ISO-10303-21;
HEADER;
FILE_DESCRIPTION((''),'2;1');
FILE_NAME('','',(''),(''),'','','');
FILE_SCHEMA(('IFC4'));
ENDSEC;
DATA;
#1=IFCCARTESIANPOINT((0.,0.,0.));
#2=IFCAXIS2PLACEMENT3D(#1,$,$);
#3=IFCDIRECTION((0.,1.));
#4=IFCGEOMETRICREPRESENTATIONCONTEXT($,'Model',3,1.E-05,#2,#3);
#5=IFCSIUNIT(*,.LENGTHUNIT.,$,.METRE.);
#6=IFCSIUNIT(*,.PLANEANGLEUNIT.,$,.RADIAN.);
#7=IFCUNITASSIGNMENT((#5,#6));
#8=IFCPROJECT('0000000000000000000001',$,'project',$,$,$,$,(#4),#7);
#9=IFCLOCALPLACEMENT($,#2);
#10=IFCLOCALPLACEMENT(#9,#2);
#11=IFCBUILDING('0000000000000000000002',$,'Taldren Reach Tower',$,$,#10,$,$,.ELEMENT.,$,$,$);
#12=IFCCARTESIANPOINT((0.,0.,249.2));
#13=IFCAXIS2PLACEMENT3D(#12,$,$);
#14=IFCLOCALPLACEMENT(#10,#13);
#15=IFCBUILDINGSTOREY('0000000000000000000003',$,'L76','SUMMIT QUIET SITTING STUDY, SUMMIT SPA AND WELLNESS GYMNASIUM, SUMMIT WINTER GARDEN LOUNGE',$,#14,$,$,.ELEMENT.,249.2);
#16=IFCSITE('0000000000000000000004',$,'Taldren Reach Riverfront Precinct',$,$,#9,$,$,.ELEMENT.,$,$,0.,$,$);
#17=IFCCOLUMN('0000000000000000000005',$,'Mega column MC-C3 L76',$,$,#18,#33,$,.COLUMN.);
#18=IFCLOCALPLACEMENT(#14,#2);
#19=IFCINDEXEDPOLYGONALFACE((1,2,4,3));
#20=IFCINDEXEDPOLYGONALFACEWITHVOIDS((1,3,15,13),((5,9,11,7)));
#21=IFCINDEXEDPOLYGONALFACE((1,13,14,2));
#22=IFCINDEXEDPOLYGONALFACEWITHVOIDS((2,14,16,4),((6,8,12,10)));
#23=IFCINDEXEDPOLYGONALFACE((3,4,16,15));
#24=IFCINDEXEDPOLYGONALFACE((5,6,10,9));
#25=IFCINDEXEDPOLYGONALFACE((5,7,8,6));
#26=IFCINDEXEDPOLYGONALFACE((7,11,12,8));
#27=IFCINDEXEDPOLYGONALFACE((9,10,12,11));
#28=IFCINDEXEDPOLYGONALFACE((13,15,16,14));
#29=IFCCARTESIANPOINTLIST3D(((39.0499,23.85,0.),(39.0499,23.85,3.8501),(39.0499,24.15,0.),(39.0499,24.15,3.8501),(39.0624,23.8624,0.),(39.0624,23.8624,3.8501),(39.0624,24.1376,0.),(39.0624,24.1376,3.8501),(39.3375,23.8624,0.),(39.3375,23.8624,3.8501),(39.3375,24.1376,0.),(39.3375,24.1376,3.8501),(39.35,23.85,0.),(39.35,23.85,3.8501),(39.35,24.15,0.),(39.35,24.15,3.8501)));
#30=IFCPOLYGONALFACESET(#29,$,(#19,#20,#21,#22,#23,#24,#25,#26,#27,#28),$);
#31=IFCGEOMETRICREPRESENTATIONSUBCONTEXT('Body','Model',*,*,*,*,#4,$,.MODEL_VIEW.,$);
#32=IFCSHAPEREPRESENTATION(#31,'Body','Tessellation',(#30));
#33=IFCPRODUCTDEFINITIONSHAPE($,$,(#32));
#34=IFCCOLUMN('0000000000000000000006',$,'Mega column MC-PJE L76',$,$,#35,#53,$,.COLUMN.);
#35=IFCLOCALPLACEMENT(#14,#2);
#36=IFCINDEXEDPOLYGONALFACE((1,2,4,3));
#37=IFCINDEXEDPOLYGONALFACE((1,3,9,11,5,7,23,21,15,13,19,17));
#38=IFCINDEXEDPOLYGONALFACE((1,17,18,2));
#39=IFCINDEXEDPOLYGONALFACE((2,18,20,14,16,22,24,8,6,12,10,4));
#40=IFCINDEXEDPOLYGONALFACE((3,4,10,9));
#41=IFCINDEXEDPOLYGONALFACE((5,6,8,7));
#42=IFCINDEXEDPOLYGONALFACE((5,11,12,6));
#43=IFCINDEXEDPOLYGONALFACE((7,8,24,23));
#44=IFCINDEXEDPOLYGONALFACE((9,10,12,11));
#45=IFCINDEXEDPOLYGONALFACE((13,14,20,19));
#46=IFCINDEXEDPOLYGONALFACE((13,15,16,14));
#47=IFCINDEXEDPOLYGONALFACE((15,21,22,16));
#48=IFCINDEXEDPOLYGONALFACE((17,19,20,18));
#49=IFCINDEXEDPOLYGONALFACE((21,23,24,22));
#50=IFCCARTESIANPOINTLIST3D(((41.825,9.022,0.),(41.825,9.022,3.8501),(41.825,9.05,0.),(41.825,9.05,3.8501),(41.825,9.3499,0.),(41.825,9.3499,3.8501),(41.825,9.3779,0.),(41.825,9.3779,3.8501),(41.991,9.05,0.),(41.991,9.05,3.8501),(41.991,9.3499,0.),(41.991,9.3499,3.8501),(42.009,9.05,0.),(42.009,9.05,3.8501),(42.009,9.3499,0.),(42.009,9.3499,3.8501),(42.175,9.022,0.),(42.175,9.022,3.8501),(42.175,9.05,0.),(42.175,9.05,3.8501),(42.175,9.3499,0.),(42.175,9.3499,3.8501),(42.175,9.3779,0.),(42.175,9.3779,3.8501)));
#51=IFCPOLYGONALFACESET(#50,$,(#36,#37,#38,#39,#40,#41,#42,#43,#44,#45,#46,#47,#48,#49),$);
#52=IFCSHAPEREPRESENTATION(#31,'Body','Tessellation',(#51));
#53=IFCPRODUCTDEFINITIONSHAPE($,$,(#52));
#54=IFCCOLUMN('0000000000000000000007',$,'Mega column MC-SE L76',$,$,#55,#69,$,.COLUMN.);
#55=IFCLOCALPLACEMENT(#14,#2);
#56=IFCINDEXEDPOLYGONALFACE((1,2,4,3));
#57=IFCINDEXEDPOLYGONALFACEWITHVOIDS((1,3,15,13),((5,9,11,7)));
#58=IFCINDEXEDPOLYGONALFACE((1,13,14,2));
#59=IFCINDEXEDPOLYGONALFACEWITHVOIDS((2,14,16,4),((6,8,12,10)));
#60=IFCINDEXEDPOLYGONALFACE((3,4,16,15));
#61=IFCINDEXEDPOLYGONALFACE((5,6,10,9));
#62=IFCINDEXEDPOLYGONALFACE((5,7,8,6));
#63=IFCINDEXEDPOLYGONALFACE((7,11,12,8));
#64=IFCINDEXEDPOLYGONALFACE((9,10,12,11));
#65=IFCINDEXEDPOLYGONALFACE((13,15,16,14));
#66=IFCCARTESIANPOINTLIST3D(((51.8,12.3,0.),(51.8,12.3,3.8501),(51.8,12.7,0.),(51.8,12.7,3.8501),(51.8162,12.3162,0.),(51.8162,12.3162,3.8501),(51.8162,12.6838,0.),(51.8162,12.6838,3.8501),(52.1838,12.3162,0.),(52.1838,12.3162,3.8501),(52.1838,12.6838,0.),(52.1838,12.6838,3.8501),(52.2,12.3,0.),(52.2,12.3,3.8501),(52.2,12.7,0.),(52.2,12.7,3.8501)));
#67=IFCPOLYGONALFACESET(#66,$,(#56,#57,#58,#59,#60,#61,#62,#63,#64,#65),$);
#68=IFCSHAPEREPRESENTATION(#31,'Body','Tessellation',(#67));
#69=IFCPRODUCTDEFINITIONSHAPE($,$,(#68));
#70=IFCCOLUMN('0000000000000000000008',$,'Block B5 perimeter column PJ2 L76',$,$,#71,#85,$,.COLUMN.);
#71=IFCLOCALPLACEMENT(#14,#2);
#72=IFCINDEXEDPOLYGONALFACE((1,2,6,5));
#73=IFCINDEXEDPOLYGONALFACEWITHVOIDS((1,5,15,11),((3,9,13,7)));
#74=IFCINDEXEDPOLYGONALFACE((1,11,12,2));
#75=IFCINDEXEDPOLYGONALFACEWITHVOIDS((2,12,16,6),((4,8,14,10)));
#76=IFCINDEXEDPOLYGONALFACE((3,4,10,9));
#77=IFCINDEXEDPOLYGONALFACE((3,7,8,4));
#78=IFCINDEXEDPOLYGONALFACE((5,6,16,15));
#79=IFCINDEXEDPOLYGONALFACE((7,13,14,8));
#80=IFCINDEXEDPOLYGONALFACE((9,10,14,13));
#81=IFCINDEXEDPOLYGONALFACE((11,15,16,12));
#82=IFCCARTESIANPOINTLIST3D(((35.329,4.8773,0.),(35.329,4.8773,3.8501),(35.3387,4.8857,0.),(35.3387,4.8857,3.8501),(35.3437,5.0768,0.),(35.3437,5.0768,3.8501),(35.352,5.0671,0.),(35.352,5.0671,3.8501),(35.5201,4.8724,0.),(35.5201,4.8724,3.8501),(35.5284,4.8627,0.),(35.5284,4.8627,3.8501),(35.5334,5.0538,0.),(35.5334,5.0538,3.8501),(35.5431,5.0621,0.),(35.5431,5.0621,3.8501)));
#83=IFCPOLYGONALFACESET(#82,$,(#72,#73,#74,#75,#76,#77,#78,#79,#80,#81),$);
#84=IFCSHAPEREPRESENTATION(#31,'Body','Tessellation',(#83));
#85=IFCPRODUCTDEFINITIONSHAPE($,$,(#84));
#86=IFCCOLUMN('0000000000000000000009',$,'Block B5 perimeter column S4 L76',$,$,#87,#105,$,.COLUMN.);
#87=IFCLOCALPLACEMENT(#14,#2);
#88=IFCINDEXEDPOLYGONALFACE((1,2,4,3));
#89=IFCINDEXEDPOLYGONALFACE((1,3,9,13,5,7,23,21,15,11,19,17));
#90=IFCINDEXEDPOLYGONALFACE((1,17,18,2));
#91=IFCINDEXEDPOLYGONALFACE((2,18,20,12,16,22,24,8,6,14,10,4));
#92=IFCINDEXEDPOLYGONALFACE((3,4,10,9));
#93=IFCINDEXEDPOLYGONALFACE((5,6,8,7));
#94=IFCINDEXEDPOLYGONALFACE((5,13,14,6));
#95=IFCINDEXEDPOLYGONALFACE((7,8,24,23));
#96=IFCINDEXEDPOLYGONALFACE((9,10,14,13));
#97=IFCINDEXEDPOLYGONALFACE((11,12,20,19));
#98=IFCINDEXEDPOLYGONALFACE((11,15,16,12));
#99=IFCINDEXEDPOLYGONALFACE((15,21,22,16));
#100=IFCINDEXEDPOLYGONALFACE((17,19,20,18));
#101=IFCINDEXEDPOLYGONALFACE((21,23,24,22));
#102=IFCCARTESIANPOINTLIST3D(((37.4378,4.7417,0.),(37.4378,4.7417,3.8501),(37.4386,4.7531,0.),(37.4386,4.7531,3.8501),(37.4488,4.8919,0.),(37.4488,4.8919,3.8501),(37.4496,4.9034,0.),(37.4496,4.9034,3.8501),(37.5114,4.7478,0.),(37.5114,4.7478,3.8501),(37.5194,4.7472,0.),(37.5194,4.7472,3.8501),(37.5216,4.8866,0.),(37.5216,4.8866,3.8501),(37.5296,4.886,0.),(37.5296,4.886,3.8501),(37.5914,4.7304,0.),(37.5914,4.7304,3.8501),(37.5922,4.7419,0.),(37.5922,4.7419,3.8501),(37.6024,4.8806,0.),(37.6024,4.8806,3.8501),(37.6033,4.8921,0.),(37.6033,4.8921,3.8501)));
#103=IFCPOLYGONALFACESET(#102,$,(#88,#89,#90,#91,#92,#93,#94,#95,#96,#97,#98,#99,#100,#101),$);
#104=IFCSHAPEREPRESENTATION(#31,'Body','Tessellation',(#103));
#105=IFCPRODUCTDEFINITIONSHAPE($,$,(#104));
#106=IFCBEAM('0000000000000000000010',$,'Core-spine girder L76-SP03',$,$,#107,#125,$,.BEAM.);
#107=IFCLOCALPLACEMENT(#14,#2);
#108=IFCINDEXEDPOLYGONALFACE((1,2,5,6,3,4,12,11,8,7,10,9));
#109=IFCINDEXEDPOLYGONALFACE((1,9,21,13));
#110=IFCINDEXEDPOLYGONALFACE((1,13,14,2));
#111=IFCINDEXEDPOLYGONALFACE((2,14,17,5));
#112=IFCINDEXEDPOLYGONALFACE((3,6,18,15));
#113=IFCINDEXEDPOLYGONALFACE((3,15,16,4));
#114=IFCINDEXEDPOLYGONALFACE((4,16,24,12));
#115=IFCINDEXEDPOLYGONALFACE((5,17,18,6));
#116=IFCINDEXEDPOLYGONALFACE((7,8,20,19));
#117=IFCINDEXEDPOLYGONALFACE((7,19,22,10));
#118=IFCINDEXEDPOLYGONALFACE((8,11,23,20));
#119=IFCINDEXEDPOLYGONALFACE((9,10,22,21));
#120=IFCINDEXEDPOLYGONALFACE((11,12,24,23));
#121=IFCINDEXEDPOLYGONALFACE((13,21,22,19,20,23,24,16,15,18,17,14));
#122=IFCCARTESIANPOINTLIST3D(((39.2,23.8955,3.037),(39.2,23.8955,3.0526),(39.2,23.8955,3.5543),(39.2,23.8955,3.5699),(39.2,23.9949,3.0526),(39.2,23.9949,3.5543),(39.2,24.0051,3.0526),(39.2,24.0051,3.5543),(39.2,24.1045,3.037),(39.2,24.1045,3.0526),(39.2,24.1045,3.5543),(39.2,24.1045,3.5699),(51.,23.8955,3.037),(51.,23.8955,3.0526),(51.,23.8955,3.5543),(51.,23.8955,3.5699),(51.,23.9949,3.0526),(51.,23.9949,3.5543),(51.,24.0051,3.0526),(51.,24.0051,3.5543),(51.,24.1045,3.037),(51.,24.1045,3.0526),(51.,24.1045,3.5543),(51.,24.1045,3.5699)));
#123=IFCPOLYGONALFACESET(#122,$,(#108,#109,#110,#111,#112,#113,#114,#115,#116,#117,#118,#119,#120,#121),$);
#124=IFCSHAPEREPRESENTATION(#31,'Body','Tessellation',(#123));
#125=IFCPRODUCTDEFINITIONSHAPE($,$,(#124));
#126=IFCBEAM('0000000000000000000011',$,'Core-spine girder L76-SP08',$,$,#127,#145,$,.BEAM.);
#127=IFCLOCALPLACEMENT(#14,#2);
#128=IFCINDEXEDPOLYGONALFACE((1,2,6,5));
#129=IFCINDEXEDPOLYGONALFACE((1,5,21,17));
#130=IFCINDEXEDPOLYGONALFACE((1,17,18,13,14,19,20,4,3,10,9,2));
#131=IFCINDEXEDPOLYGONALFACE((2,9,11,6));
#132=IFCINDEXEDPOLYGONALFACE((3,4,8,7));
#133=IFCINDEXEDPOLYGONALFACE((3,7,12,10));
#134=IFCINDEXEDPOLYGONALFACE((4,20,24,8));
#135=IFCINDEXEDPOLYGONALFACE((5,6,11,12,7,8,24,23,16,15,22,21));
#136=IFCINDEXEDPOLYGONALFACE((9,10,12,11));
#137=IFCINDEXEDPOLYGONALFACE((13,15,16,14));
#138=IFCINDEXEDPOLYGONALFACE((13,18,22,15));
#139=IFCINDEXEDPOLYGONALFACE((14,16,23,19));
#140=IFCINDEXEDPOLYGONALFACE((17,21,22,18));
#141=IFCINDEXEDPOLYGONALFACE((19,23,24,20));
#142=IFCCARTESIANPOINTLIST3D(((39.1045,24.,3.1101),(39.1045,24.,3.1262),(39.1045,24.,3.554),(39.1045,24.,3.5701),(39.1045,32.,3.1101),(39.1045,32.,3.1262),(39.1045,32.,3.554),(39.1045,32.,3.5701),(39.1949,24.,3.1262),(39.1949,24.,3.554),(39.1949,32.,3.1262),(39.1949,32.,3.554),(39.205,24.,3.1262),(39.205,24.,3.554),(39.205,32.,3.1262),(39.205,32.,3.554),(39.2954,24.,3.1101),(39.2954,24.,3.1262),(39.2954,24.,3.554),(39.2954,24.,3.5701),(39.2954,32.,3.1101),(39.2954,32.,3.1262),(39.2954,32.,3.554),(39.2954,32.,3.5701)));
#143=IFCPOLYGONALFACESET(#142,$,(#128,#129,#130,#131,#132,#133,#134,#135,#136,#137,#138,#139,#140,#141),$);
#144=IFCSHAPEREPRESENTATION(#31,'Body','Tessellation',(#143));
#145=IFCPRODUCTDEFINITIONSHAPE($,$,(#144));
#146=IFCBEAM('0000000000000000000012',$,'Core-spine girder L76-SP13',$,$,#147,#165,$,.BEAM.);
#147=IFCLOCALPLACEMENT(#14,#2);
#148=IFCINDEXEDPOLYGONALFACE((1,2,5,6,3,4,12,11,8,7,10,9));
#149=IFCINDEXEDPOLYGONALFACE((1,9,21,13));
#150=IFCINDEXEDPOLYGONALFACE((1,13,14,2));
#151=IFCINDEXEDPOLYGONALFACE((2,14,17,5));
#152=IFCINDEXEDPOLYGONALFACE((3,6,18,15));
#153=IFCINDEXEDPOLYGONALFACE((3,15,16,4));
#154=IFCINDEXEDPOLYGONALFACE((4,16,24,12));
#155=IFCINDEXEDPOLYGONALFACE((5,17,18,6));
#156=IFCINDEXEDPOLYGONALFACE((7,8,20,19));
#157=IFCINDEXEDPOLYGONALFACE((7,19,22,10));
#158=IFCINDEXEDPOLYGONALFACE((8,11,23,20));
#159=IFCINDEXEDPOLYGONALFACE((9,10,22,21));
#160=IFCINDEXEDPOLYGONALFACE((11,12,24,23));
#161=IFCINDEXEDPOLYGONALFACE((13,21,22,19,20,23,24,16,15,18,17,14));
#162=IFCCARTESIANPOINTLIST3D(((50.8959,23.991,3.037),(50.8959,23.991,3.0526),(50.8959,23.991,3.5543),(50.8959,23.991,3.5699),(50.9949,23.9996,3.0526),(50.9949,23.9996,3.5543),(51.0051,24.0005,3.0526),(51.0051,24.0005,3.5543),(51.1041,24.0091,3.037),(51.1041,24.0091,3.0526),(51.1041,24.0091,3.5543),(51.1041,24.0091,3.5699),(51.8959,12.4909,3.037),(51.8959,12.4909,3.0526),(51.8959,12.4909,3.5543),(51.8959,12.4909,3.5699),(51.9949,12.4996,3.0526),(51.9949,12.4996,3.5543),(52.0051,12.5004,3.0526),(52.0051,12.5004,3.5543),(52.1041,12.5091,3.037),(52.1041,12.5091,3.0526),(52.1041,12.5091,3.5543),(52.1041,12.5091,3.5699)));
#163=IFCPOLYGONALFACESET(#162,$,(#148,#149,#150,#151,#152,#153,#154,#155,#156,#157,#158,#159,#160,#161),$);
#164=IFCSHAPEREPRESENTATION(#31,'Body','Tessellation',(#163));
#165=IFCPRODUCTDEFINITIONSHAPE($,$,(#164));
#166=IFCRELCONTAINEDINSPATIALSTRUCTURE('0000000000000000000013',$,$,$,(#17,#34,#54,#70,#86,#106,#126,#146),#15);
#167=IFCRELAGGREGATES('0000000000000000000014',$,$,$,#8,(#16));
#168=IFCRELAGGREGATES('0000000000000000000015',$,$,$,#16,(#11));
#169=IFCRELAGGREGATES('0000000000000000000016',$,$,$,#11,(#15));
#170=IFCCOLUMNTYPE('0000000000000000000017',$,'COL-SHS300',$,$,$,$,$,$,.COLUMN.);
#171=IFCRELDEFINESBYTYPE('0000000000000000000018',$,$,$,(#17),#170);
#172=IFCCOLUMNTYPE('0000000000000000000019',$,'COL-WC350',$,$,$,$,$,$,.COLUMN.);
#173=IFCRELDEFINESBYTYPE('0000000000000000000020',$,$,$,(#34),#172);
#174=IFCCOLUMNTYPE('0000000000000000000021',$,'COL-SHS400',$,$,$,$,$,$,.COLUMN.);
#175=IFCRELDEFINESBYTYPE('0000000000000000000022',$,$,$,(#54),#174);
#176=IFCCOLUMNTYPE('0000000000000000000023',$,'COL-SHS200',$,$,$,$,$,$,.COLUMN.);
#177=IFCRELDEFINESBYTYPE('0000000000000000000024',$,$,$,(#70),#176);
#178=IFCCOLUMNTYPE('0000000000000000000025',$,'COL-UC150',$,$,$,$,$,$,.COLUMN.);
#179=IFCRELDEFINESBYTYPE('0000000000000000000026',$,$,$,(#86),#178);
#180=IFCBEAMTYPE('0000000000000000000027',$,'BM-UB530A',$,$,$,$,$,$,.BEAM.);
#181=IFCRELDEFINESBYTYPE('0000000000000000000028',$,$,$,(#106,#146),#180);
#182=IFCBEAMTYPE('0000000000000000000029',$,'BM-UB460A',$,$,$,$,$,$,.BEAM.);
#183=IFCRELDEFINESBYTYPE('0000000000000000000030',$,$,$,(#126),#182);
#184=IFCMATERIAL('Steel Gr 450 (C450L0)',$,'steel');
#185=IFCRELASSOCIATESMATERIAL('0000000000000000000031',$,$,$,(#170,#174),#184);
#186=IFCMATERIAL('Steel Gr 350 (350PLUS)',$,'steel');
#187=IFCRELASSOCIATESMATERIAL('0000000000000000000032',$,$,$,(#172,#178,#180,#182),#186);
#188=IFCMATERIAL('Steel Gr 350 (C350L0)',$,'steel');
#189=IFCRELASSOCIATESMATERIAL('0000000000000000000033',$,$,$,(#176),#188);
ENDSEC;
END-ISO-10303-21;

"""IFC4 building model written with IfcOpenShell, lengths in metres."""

from ifc_helpers import new_model, si_unit, direction, frame, origin, origin_2d, place, context, subcontext, project, spatial, hollow_rectangle, i_section, extrude, source, transform, mapped, material, material_profile, profile_set, type_object, element, save


model = new_model("IFC4")

# Units and contexts
model_context = context("Model", 3, precision=1e-05, world=origin(), true_north=direction((0.0, 1.0)))
body_context = subcontext(model_context, "Body", "Model", "MODEL_VIEW")
ifc_project = project(units=[si_unit("LENGTHUNIT", "METRE"), si_unit("PLANEANGLEUNIT", "RADIAN")], contexts=[model_context])

# Site, building, storey
site_placement = place(None, origin())
site = spatial("IfcSite", under=ifc_project, at=site_placement, Name="Taldren Reach Riverfront Precinct", CompositionType="ELEMENT", RefElevation=0.0)
building_placement = place(site_placement, origin())
building = spatial("IfcBuilding", under=site, at=building_placement, Name="Taldren Reach Tower", CompositionType="ELEMENT")
storey_placement = place(building_placement, frame((0.0, 0.0, 249.2)))
storey = spatial("IfcBuildingStorey", under=building, at=storey_placement, Name="L76", Description="SUMMIT QUIET SITTING STUDY, SUMMIT SPA AND WELLNESS GYMNASIUM, SUMMIT WINTER GARDEN LOUNGE", CompositionType="ELEMENT", Elevation=249.2)

# Columns
ifc_material_1 = material(Name="Steel Gr 450 (C450L0)", Category="steel")
ifc_material_profile_1 = material_profile(ifc_material_1, hollow_rectangle(XDim=0.3, YDim=0.3, WallThickness=0.0125, at=origin_2d()), Name="300x300x12.5SHS")
ifc_profile_set_1 = profile_set([ifc_material_profile_1], Name="Steel Gr 450 (C450L0)")
column_type_1 = type_object("IfcColumnType", Name="COL-SHS300", PredefinedType="COLUMN", material=ifc_profile_set_1)
shared_shape_1 = source(origin(), body_context, "Body", "SweptSolid", [
    extrude(hollow_rectangle(XDim=0.3, YDim=0.3, WallThickness=0.0125, at=origin_2d()), origin(), (0.0, 0.0, 1.0), 3.8501),
])
column_1_placement = place(storey_placement, frame((39.2, 24.0, 0.0), z_axis=(0.0, 0.0, 1.0), x_axis=(1.0, 0.0, 0.0)))
element("IfcColumn", 1, at=column_1_placement, inside=storey, type_object=column_type_1, Name="Mega column MC-C3 L76", PredefinedType="COLUMN", context=body_context, shape_type="MappedRepresentation", body=[
    mapped(shared_shape_1, transform((0.0, 0.0, 0.0), scale=1.0)),
])
ifc_material_2 = material(Name="Steel Gr 350 (350PLUS)", Category="steel")
ifc_material_profile_2 = material_profile(ifc_material_2, i_section(OverallWidth=0.3501, OverallDepth=0.356, WebThickness=0.0181, FlangeThickness=0.0281, at=origin_2d()), Name="350WC197")
ifc_profile_set_2 = profile_set([ifc_material_profile_2], Name="Steel Gr 350 (350PLUS)")
column_type_2 = type_object("IfcColumnType", Name="COL-WC350", PredefinedType="COLUMN", material=ifc_profile_set_2)
shared_shape_2 = source(origin(), body_context, "Body", "SweptSolid", [
    extrude(i_section(OverallWidth=0.3501, OverallDepth=0.356, WebThickness=0.0181, FlangeThickness=0.0281, at=origin_2d()), origin(), (0.0, 0.0, 1.0), 3.8501),
])
column_2_placement = place(storey_placement, frame((42.0, 9.2, 0.0), z_axis=(0.0, 0.0, 1.0), x_axis=(1.0, 0.0, 0.0)))
element("IfcColumn", 2, at=column_2_placement, inside=storey, type_object=column_type_2, Name="Mega column MC-PJE L76", PredefinedType="COLUMN", context=body_context, shape_type="MappedRepresentation", body=[
    mapped(shared_shape_2, transform((0.0, 0.0, 0.0), scale=1.0)),
])
ifc_material_profile_3 = material_profile(ifc_material_1, hollow_rectangle(XDim=0.3999, YDim=0.3999, WallThickness=0.0161, at=origin_2d()), Name="400x400x16.0SHS")
ifc_profile_set_3 = profile_set([ifc_material_profile_3], Name="Steel Gr 450 (C450L0)")
column_type_3 = type_object("IfcColumnType", Name="COL-SHS400", PredefinedType="COLUMN", material=ifc_profile_set_3)
shared_shape_3 = source(origin(), body_context, "Body", "SweptSolid", [
    extrude(hollow_rectangle(XDim=0.3999, YDim=0.3999, WallThickness=0.0161, at=origin_2d()), origin(), (0.0, 0.0, 1.0), 3.8501),
])
column_3_placement = place(storey_placement, frame((52.0, 12.5, 0.0), z_axis=(0.0, 0.0, 1.0), x_axis=(1.0, 0.0, 0.0)))
element("IfcColumn", 3, at=column_3_placement, inside=storey, type_object=column_type_3, Name="Mega column MC-SE L76", PredefinedType="COLUMN", context=body_context, shape_type="MappedRepresentation", body=[
    mapped(shared_shape_3, transform((0.0, 0.0, 0.0), scale=1.0)),
])
ifc_material_3 = material(Name="Steel Gr 350 (C350L0)", Category="steel")
ifc_material_profile_4 = material_profile(ifc_material_3, hollow_rectangle(XDim=0.2, YDim=0.2, WallThickness=0.009, at=origin_2d()), Name="200x200x9.0SHS")
ifc_profile_set_4 = profile_set([ifc_material_profile_4], Name="Steel Gr 350 (C350L0)")
column_type_4 = type_object("IfcColumnType", Name="COL-SHS200", PredefinedType="COLUMN", material=ifc_profile_set_4)
shared_shape_4 = source(origin(), body_context, "Body", "SweptSolid", [
    extrude(hollow_rectangle(XDim=0.2, YDim=0.2, WallThickness=0.009, at=origin_2d()), origin(), (0.0, 0.0, 1.0), 3.8501),
])
column_4_placement = place(storey_placement, frame((35.436, 4.9697, 0.0), z_axis=(0.0, 0.0, 1.0), x_axis=(0.997314, -0.073238, 0.0)))
element("IfcColumn", 4, at=column_4_placement, inside=storey, type_object=column_type_4, Name="Block B5 perimeter column PJ2 L76", PredefinedType="COLUMN", context=body_context, shape_type="MappedRepresentation", body=[
    mapped(shared_shape_4, transform((0.0, 0.0, 0.0), scale=1.0)),
])
ifc_material_profile_5 = material_profile(ifc_material_2, i_section(OverallWidth=0.1541, OverallDepth=0.1621, WebThickness=0.0081, FlangeThickness=0.0115, at=origin_2d()), Name="150UC37.2")
ifc_profile_set_5 = profile_set([ifc_material_profile_5], Name="Steel Gr 350 (350PLUS)")
column_type_5 = type_object("IfcColumnType", Name="COL-UC150", PredefinedType="COLUMN", material=ifc_profile_set_5)
shared_shape_5 = source(origin(), body_context, "Body", "SweptSolid", [
    extrude(i_section(OverallWidth=0.1541, OverallDepth=0.1621, WebThickness=0.0081, FlangeThickness=0.0115, at=origin_2d()), origin(), (0.0, 0.0, 1.0), 3.8501),
])
column_5_placement = place(storey_placement, frame((37.5205, 4.8169, 0.0), z_axis=(0.0, 0.0, 1.0), x_axis=(0.997314, -0.073238, 0.0)))
element("IfcColumn", 5, at=column_5_placement, inside=storey, type_object=column_type_5, Name="Block B5 perimeter column S4 L76", PredefinedType="COLUMN", context=body_context, shape_type="MappedRepresentation", body=[
    mapped(shared_shape_5, transform((0.0, 0.0, 0.0), scale=1.0)),
])

# Beams
ifc_material_profile_6 = material_profile(ifc_material_2, i_section(OverallWidth=0.209, OverallDepth=0.533, WebThickness=0.0103, FlangeThickness=0.0156, at=origin_2d()), Name="530UB92.4")
ifc_profile_set_6 = profile_set([ifc_material_profile_6], Name="Steel Gr 350 (350PLUS)")
beam_type_1 = type_object("IfcBeamType", Name="BM-UB530A", PredefinedType="BEAM", material=ifc_profile_set_6)
shared_shape_6 = source(origin(), body_context, "Body", "SweptSolid", [
    extrude(i_section(OverallWidth=0.209, OverallDepth=0.533, WebThickness=0.0103, FlangeThickness=0.0156, at=origin_2d()), origin(), (0.0, 0.0, 1.0), 11.8),
])
beam_1_placement = place(storey_placement, frame((39.2, 24.0, 3.3035), z_axis=(1.0, 0.0, 0.0), x_axis=(0.0, 1.0, 0.0)))
element("IfcBeam", 6, at=beam_1_placement, inside=storey, type_object=beam_type_1, Name="Core-spine girder L76-SP03", PredefinedType="BEAM", context=body_context, shape_type="MappedRepresentation", body=[
    mapped(shared_shape_6, transform((0.0, 0.0, 0.0), scale=1.0)),
])
ifc_material_profile_7 = material_profile(ifc_material_2, i_section(OverallWidth=0.1909, OverallDepth=0.46, WebThickness=0.01, FlangeThickness=0.0161, at=origin_2d()), Name="460UB82.1")
ifc_profile_set_7 = profile_set([ifc_material_profile_7], Name="Steel Gr 350 (350PLUS)")
beam_type_2 = type_object("IfcBeamType", Name="BM-UB460A", PredefinedType="BEAM", material=ifc_profile_set_7)
shared_shape_7 = source(origin(), body_context, "Body", "SweptSolid", [
    extrude(i_section(OverallWidth=0.1909, OverallDepth=0.46, WebThickness=0.01, FlangeThickness=0.0161, at=origin_2d()), origin(), (0.0, 0.0, 1.0), 8.0),
])
beam_2_placement = place(storey_placement, frame((39.2, 24.0, 3.3401), z_axis=(0.0, 1.0, 0.0), x_axis=(-1.0, 0.0, 0.0)))
element("IfcBeam", 7, at=beam_2_placement, inside=storey, type_object=beam_type_2, Name="Core-spine girder L76-SP08", PredefinedType="BEAM", context=body_context, shape_type="MappedRepresentation", body=[
    mapped(shared_shape_7, transform((0.0, 0.0, 0.0), scale=1.0)),
])
shared_shape_8 = source(origin(), body_context, "Body", "SweptSolid", [
    extrude(i_section(OverallWidth=0.209, OverallDepth=0.533, WebThickness=0.0103, FlangeThickness=0.0156, at=origin_2d()), origin(), (0.0, 0.0, 1.0), 11.5435),
])
beam_3_placement = place(storey_placement, frame((52.0, 12.5, 3.3035), z_axis=(-0.08663, 0.996241, 0.0), x_axis=(-0.996241, -0.08663, 0.0)))
element("IfcBeam", 8, at=beam_3_placement, inside=storey, type_object=beam_type_1, Name="Core-spine girder L76-SP13", PredefinedType="BEAM", context=body_context, shape_type="MappedRepresentation", body=[
    mapped(shared_shape_8, transform((0.0, 0.0, 0.0), scale=1.0)),
])

save(model, "model.ifc")
